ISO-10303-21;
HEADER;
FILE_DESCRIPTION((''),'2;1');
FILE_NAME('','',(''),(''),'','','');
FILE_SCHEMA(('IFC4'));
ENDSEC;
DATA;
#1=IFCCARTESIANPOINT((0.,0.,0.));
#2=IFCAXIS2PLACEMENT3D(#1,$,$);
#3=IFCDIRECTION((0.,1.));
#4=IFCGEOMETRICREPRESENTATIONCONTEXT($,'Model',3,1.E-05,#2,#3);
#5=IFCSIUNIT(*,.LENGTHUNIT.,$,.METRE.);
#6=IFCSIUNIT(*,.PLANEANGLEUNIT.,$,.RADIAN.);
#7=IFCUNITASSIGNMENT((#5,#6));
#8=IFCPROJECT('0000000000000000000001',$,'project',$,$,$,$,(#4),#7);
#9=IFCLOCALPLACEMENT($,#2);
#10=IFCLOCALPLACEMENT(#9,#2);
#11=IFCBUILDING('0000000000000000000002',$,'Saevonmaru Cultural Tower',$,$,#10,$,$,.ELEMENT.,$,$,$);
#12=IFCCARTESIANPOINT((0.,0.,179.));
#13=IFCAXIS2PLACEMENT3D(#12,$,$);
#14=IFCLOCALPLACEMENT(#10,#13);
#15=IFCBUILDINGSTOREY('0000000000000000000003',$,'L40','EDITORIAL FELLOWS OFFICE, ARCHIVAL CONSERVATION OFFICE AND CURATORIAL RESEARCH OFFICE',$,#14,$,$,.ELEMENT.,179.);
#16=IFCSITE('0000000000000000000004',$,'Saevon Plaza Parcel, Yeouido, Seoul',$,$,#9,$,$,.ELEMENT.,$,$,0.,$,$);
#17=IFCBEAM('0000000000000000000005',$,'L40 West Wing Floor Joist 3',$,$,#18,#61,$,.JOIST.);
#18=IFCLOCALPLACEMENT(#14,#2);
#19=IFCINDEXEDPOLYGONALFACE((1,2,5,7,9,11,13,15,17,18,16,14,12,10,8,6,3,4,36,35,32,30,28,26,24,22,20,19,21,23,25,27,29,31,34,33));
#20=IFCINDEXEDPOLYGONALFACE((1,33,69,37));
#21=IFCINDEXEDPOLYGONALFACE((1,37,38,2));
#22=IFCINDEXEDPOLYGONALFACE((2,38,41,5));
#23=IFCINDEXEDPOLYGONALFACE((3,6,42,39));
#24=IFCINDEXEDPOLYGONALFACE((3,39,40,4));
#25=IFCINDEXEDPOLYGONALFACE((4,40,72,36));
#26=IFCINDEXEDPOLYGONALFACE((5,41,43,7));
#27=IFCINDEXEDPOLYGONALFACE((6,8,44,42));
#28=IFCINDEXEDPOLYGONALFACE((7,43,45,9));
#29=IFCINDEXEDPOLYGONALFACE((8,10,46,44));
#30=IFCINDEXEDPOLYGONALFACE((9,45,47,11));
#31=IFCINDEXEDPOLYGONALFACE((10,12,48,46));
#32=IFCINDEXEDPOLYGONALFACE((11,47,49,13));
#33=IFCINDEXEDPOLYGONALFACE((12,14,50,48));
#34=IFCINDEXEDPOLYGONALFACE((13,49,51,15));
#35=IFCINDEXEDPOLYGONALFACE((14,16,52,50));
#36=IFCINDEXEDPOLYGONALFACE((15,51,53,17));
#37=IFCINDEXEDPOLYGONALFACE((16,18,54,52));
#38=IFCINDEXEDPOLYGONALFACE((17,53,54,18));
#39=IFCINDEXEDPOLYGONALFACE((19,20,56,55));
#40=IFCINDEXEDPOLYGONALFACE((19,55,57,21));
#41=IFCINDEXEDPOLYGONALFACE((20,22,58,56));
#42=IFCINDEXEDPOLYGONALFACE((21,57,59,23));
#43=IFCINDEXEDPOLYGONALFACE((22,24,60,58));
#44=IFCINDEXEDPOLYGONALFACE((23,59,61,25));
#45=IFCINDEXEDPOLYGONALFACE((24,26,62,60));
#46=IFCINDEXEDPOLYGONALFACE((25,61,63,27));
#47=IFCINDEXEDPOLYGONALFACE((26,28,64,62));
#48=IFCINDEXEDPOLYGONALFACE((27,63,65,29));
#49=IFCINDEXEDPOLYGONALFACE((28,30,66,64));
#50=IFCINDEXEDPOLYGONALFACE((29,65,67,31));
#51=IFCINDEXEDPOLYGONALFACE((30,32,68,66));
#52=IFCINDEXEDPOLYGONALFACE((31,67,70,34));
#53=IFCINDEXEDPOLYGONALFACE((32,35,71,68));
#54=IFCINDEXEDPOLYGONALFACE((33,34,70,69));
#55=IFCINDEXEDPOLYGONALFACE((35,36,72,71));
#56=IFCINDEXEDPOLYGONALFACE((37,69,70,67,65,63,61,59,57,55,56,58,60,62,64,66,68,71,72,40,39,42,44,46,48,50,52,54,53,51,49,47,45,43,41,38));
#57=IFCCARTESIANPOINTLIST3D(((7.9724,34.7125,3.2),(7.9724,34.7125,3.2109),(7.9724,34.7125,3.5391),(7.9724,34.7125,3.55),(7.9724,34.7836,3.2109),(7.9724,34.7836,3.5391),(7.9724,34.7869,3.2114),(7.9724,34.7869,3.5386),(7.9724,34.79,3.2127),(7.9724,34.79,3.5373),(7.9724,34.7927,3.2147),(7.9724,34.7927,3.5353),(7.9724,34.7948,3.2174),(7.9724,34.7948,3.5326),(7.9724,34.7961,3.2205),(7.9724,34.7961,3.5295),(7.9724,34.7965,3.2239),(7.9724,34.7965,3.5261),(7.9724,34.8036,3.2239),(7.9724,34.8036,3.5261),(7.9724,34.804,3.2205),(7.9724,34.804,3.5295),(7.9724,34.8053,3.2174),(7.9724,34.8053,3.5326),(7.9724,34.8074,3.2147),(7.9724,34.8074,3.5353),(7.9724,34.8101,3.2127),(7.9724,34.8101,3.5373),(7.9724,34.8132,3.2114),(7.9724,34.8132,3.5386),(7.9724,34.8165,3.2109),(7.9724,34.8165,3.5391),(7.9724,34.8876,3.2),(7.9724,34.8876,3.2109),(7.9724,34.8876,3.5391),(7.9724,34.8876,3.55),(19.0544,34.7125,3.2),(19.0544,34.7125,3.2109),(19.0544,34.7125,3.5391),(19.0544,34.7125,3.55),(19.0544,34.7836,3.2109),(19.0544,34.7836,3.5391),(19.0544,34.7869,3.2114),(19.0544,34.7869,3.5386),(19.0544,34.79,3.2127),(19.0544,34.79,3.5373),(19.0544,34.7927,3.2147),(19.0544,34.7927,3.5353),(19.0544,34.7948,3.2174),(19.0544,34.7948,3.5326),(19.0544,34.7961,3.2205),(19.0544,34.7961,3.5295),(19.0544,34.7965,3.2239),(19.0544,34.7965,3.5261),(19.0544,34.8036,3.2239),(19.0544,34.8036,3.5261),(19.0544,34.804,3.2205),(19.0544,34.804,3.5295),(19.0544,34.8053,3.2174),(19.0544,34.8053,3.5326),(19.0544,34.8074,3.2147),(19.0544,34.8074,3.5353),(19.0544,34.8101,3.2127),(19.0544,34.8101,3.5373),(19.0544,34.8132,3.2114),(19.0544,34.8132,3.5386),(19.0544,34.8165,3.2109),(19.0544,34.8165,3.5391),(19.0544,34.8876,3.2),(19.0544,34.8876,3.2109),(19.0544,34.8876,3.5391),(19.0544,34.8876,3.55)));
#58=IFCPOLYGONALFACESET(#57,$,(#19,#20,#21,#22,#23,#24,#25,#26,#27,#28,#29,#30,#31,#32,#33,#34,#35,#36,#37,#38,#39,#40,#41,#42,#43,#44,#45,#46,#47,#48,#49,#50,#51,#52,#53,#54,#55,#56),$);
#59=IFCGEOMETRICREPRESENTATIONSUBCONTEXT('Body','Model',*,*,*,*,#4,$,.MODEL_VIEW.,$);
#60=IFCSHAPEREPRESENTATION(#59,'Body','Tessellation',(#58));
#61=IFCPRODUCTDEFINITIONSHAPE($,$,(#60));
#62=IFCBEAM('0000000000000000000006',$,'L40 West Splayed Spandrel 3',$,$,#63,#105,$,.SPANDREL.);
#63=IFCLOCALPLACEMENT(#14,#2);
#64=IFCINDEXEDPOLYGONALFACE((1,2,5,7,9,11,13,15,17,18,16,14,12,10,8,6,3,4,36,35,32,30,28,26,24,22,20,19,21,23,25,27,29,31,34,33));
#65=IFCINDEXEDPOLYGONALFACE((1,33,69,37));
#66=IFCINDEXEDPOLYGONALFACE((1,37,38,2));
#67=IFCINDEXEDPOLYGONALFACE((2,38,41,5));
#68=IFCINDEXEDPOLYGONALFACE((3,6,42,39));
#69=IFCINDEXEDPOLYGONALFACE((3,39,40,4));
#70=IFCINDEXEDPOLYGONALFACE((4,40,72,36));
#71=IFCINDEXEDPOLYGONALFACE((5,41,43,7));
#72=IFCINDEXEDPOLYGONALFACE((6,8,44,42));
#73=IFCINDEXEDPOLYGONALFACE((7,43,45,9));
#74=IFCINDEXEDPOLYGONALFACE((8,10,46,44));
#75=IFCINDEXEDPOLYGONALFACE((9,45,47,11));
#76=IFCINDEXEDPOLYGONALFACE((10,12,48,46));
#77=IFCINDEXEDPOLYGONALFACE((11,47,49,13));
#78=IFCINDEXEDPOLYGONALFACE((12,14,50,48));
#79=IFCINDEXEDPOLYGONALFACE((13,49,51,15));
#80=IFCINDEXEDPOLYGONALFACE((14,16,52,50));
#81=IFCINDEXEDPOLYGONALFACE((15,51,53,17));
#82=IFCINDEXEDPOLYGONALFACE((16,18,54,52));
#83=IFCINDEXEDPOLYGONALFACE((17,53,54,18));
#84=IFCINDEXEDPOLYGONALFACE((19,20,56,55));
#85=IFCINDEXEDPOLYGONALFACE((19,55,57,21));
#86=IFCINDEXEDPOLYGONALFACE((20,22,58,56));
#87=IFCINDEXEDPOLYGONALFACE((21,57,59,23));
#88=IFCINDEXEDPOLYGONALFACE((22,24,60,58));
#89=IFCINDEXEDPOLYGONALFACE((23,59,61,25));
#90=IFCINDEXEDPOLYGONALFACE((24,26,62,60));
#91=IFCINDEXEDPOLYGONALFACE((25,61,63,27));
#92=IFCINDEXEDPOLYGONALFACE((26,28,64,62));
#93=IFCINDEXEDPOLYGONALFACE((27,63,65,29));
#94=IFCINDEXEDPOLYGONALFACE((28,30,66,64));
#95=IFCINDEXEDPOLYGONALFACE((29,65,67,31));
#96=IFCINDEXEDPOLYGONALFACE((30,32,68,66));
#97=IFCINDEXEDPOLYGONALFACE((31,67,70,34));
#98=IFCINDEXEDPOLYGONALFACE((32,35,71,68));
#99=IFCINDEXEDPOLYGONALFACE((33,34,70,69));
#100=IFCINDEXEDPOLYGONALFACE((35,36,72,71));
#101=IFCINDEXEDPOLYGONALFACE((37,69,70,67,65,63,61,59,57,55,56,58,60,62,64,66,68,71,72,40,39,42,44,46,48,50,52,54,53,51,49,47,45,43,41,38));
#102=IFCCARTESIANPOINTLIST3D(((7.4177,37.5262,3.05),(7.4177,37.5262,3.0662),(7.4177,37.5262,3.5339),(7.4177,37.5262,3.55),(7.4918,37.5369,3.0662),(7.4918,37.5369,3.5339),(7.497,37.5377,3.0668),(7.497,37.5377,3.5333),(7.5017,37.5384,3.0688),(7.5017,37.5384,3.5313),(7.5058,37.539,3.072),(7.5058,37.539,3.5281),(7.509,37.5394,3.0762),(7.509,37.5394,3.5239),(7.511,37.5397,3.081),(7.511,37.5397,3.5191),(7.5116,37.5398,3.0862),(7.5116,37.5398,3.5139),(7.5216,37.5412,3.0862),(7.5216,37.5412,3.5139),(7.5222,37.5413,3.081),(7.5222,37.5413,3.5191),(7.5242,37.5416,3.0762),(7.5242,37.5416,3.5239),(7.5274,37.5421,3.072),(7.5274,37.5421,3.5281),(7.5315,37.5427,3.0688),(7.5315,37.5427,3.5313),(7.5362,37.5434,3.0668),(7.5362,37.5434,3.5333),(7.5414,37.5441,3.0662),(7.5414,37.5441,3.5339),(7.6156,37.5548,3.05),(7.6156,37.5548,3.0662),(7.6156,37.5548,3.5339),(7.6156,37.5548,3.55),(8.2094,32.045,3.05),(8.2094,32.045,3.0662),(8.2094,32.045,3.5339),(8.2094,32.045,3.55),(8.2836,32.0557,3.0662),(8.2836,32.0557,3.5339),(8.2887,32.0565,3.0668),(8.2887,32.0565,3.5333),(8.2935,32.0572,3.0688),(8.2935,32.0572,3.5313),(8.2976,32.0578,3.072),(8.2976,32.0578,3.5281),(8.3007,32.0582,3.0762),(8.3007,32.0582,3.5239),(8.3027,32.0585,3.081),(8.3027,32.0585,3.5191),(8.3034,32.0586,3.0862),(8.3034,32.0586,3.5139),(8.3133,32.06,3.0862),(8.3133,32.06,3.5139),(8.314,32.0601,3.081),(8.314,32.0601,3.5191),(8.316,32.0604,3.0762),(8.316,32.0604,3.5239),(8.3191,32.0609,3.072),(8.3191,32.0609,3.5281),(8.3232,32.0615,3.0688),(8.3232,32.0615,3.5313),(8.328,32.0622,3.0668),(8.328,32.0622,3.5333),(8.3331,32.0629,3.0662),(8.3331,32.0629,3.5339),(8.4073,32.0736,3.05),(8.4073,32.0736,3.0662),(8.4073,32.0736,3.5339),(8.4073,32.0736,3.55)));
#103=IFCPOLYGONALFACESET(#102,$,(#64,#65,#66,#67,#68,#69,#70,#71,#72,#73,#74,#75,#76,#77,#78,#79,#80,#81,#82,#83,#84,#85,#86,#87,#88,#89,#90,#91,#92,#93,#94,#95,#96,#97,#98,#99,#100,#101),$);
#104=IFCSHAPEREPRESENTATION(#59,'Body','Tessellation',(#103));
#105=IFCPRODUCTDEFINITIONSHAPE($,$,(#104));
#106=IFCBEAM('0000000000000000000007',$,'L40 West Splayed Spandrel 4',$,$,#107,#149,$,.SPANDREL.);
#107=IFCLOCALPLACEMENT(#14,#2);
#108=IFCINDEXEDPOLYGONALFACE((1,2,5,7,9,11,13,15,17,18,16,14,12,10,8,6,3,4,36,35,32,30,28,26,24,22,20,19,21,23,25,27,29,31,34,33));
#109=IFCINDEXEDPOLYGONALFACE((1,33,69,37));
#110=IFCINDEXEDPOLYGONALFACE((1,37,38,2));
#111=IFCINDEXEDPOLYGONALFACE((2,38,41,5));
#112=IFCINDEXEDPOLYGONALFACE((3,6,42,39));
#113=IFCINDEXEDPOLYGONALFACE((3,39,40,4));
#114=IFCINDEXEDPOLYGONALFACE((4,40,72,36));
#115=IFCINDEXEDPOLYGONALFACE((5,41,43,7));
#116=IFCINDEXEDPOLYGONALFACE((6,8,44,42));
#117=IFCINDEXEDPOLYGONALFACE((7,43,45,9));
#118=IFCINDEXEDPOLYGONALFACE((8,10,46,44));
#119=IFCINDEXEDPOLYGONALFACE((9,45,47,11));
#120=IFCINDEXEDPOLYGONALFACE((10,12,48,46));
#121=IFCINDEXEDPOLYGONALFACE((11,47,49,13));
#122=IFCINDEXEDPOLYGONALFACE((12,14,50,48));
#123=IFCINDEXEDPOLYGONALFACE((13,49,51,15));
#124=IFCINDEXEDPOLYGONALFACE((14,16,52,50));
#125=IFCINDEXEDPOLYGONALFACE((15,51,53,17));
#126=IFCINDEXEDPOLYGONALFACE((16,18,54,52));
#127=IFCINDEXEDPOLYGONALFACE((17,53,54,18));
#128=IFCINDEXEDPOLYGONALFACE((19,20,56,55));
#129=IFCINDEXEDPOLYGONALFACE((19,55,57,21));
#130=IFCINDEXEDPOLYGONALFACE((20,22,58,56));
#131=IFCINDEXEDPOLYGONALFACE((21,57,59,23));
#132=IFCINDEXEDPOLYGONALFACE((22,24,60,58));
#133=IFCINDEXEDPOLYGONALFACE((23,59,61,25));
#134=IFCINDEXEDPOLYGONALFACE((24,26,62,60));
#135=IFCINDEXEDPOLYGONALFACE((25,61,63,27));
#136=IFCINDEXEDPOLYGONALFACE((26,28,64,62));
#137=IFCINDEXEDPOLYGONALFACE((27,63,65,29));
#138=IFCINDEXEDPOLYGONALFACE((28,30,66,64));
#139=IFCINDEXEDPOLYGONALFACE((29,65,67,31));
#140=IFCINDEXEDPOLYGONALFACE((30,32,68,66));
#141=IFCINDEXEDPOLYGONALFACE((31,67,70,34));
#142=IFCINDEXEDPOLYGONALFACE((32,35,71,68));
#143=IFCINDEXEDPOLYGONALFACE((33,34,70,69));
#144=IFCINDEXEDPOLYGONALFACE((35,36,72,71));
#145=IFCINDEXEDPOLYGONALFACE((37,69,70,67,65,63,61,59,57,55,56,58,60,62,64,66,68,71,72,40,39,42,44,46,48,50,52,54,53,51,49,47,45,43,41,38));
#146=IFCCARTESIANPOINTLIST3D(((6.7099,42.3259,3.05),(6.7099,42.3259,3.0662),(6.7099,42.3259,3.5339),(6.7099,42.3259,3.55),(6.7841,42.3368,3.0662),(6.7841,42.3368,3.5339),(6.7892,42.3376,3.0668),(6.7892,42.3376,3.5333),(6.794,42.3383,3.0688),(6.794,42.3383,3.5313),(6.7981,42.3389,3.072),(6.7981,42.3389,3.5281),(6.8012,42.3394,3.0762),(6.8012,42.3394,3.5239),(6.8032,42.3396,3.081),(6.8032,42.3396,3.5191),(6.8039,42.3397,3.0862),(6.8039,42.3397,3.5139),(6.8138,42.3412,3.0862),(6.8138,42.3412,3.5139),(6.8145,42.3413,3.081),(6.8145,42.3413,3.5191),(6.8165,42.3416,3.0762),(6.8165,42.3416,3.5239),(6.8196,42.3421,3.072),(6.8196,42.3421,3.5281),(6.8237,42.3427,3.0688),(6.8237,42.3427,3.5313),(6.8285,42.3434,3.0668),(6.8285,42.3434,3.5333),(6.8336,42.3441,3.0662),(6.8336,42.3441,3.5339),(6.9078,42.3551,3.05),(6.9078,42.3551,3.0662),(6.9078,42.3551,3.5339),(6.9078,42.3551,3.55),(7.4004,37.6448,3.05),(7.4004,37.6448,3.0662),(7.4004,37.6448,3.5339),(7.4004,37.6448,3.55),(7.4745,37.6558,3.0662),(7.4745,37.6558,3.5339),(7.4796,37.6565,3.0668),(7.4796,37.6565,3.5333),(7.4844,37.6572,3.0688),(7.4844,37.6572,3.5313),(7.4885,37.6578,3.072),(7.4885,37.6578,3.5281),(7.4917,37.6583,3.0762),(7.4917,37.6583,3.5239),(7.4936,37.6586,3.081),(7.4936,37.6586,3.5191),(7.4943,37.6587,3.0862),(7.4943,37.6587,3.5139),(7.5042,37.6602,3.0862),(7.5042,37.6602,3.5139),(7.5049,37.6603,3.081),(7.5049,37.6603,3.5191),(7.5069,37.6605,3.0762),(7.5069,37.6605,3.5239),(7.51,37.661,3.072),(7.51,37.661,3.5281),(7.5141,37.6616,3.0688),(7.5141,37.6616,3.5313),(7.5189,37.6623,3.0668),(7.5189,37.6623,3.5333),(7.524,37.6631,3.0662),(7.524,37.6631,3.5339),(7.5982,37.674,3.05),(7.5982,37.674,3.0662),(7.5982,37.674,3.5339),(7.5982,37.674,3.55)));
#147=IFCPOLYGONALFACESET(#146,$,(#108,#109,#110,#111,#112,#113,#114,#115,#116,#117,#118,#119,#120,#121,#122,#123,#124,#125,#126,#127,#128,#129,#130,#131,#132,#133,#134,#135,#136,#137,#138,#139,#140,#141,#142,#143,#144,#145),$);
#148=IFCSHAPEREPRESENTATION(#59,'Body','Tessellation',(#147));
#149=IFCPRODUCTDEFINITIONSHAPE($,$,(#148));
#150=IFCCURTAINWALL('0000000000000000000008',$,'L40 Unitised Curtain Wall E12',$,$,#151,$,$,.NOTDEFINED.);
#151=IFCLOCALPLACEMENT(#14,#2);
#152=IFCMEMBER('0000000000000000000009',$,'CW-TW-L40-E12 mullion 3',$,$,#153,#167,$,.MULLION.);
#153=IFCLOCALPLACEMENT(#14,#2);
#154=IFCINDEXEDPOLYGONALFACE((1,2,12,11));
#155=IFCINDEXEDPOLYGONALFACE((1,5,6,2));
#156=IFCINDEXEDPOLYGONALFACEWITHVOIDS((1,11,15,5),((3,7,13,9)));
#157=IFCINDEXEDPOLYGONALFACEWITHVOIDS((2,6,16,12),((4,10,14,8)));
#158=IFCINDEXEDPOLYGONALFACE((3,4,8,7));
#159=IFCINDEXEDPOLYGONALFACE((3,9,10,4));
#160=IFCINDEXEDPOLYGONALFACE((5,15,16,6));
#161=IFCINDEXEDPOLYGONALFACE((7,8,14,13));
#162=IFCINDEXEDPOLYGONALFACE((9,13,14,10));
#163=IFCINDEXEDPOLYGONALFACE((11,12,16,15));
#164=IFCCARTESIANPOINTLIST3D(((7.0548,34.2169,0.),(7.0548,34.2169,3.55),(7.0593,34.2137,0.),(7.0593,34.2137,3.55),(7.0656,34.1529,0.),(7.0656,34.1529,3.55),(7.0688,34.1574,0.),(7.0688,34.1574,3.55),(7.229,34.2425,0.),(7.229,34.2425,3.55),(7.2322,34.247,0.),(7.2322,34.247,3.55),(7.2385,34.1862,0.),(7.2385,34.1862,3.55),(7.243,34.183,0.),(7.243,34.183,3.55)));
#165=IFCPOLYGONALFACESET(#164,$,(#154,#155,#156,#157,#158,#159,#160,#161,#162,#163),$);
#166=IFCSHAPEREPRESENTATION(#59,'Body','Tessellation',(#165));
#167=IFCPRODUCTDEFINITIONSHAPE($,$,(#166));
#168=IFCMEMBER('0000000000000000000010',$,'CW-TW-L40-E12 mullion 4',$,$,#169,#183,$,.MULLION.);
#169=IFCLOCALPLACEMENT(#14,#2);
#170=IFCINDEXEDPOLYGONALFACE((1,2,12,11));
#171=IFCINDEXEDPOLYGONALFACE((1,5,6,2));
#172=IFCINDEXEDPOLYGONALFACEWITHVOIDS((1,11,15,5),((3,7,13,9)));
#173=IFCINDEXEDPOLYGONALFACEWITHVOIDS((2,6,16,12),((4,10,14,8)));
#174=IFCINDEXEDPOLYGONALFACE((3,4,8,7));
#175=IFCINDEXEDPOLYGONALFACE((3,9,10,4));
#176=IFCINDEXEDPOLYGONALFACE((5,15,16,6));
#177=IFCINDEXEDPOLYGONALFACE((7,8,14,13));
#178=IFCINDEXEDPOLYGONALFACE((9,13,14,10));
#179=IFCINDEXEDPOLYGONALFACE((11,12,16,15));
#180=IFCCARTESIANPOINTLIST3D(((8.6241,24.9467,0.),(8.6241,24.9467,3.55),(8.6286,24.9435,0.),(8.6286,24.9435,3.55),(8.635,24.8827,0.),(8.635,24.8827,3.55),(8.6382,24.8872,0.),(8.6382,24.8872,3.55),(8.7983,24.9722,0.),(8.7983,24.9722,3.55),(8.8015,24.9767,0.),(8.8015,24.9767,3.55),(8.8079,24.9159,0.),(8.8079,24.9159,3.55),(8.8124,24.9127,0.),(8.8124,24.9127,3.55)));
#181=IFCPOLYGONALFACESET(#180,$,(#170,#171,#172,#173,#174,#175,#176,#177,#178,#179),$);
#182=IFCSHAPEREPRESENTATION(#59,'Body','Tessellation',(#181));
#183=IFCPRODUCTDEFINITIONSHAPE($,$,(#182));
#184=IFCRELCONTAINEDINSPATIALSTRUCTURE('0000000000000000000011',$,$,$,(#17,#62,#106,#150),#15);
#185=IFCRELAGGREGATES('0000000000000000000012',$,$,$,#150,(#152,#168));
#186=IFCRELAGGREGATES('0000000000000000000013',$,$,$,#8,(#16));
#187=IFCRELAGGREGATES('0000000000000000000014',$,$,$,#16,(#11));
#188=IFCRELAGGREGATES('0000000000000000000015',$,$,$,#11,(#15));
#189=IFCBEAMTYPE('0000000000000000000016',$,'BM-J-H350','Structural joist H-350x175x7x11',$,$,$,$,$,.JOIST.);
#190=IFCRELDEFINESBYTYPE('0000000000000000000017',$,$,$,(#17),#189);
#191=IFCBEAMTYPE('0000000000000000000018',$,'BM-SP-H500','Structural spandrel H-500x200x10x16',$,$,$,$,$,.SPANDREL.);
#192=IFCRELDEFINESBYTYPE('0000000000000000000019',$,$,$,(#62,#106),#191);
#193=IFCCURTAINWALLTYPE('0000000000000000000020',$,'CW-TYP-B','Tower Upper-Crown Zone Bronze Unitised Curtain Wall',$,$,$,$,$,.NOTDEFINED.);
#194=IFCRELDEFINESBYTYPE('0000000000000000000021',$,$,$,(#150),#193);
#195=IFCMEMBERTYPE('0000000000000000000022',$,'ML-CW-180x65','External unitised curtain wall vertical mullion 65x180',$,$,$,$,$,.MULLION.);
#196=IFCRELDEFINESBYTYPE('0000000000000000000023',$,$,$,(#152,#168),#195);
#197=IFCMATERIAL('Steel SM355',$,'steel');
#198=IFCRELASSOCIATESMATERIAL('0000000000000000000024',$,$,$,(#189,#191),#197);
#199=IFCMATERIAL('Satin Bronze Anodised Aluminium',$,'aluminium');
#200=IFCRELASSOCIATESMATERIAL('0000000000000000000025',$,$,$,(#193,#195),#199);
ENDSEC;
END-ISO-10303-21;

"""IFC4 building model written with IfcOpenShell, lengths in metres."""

from ifc_helpers import new_model, si_unit, direction, frame, origin, origin_2d, place, context, subcontext, project, spatial, hollow_rectangle, i_section, extrude, material, material_profile, profile_set, type_object, element, aggregate, save


model = new_model("IFC4")

# Units and contexts
model_context = context("Model", 3, precision=1e-05, world=origin(), true_north=direction((0.0, 1.0)))
body_context = subcontext(model_context, "Body", "Model", "MODEL_VIEW")
ifc_project = project(units=[si_unit("LENGTHUNIT", "METRE"), si_unit("PLANEANGLEUNIT", "RADIAN")], contexts=[model_context])

# Site, building, storey
site_placement = place(None, origin())
site = spatial("IfcSite", under=ifc_project, at=site_placement, Name="Saevon Plaza Parcel, Yeouido, Seoul", CompositionType="ELEMENT", RefElevation=0.0)
building_placement = place(site_placement, origin())
building = spatial("IfcBuilding", under=site, at=building_placement, Name="Saevonmaru Cultural Tower", CompositionType="ELEMENT")
storey_placement = place(building_placement, frame((0.0, 0.0, 179.0)))
storey = spatial("IfcBuildingStorey", under=building, at=storey_placement, Name="L40", Description="EDITORIAL FELLOWS OFFICE, ARCHIVAL CONSERVATION OFFICE AND CURATORIAL RESEARCH OFFICE", CompositionType="ELEMENT", Elevation=179.0)

# Beams
ifc_material_1 = material(Name="Steel SM355", Category="steel")
ifc_material_profile_1 = material_profile(ifc_material_1, i_section(OverallWidth=0.175, OverallDepth=0.3501, WebThickness=0.0071, FlangeThickness=0.011, FilletRadius=0.0129, at=origin_2d()), Name="H-350x175x7x11")
ifc_profile_set_1 = profile_set([ifc_material_profile_1], Name="Steel SM355")
beam_type_1 = type_object("IfcBeamType", Name="BM-J-H350", Description="Structural joist H-350x175x7x11", PredefinedType="JOIST", material=ifc_profile_set_1)
for number, where, z_axis, x_axis, name in (
    (1, (7.9724, 34.8, 3.375), (1.0, 0.0, 0.0), (0.0, 1.0, 0.0), "L40 West Wing Floor Joist 3"),
):
    element("IfcBeam", number, at=place(storey_placement, frame(where, z_axis=z_axis, x_axis=x_axis)), inside=storey, type_object=beam_type_1, Name=name, PredefinedType="JOIST", context=body_context, shape_type="SweptSolid", body=[
        extrude(i_section(OverallWidth=0.175, OverallDepth=0.3501, WebThickness=0.0071, FlangeThickness=0.011, FilletRadius=0.0129, at=origin_2d()), origin(), (0.0, 0.0, 1.0), 11.082),
    ])
ifc_material_profile_2 = material_profile(ifc_material_1, i_section(OverallWidth=0.2, OverallDepth=0.5, WebThickness=0.01, FlangeThickness=0.0161, FilletRadius=0.02, at=origin_2d()), Name="H-500x200x10x16")
ifc_profile_set_2 = profile_set([ifc_material_profile_2], Name="Steel SM355")
beam_type_2 = type_object("IfcBeamType", Name="BM-SP-H500", Description="Structural spandrel H-500x200x10x16", PredefinedType="SPANDREL", material=ifc_profile_set_2)
beam_1_placement = place(storey_placement, frame((8.3083, 32.0593, 3.3), z_axis=(-0.142964, 0.989728, 0.0), x_axis=(-0.989728, -0.142964, 0.0)))
element("IfcBeam", 2, at=beam_1_placement, inside=storey, type_object=beam_type_2, Name="L40 West Splayed Spandrel 3", PredefinedType="SPANDREL", context=body_context, shape_type="SweptSolid", body=[
    extrude(i_section(OverallWidth=0.2, OverallDepth=0.5, WebThickness=0.01, FlangeThickness=0.0161, FilletRadius=0.02, at=origin_2d()), origin(), (0.0, 0.0, 1.0), 5.5381),
])
beam_2_placement = place(storey_placement, frame((7.4993, 37.6594, 3.3), z_axis=(-0.145913, 0.989297, 0.0), x_axis=(-0.989297, -0.145913, 0.0)))
element("IfcBeam", 3, at=beam_2_placement, inside=storey, type_object=beam_type_2, Name="L40 West Splayed Spandrel 4", PredefinedType="SPANDREL", context=body_context, shape_type="SweptSolid", body=[
    extrude(i_section(OverallWidth=0.2, OverallDepth=0.5, WebThickness=0.01, FlangeThickness=0.0161, FilletRadius=0.02, at=origin_2d()), origin(), (0.0, 0.0, 1.0), 4.7317),
])

# Curtain wall, members
ifc_material_2 = material(Name="Satin Bronze Anodised Aluminium", Category="aluminium")
curtain_wall_type = type_object("IfcCurtainWallType", Name="CW-TYP-B", Description="Tower Upper-Crown Zone Bronze Unitised Curtain Wall", PredefinedType="NOTDEFINED", material=ifc_material_2)
curtain_wall_placement = place(storey_placement, origin())
curtain_wall = element("IfcCurtainWall", 4, at=curtain_wall_placement, inside=storey, type_object=curtain_wall_type, Name="L40 Unitised Curtain Wall E12", PredefinedType="NOTDEFINED")
ifc_material_profile_3 = material_profile(ifc_material_2, hollow_rectangle(XDim=0.0649, YDim=0.1799, WallThickness=0.0039, at=origin_2d()), Name="ALU-MULL-180x65x4")
ifc_profile_set_3 = profile_set([ifc_material_profile_3], Name="Satin Bronze Anodised Aluminium")
member_type_1 = type_object("IfcMemberType", Name="ML-CW-180x65", Description="External unitised curtain wall vertical mullion 65x180", PredefinedType="MULLION", material=ifc_profile_set_3)
member_1_placement = place(storey_placement, frame((7.1489, 34.2, 0.0), z_axis=(0.0, 0.0, 1.0), x_axis=(0.166922, -0.98597, 0.0)))
member_1 = element("IfcMember", 5, at=member_1_placement, type_object=member_type_1, Name="CW-TW-L40-E12 mullion 3", PredefinedType="MULLION", context=body_context, shape_type="SweptSolid", body=[
    extrude(hollow_rectangle(XDim=0.0649, YDim=0.1799, WallThickness=0.0039, at=origin_2d()), origin(), (0.0, 0.0, 1.0), 3.55),
])
member_2_placement = place(storey_placement, frame((8.7183, 24.9297, 0.0), z_axis=(0.0, 0.0, 1.0), x_axis=(0.166922, -0.98597, 0.0)))
member_2 = element("IfcMember", 6, at=member_2_placement, type_object=member_type_1, Name="CW-TW-L40-E12 mullion 4", PredefinedType="MULLION", context=body_context, shape_type="SweptSolid", body=[
    extrude(hollow_rectangle(XDim=0.0649, YDim=0.1799, WallThickness=0.0039, at=origin_2d()), origin(), (0.0, 0.0, 1.0), 3.55),
])

aggregate(curtain_wall, [member_1, member_2])

save(model, "model.ifc")
